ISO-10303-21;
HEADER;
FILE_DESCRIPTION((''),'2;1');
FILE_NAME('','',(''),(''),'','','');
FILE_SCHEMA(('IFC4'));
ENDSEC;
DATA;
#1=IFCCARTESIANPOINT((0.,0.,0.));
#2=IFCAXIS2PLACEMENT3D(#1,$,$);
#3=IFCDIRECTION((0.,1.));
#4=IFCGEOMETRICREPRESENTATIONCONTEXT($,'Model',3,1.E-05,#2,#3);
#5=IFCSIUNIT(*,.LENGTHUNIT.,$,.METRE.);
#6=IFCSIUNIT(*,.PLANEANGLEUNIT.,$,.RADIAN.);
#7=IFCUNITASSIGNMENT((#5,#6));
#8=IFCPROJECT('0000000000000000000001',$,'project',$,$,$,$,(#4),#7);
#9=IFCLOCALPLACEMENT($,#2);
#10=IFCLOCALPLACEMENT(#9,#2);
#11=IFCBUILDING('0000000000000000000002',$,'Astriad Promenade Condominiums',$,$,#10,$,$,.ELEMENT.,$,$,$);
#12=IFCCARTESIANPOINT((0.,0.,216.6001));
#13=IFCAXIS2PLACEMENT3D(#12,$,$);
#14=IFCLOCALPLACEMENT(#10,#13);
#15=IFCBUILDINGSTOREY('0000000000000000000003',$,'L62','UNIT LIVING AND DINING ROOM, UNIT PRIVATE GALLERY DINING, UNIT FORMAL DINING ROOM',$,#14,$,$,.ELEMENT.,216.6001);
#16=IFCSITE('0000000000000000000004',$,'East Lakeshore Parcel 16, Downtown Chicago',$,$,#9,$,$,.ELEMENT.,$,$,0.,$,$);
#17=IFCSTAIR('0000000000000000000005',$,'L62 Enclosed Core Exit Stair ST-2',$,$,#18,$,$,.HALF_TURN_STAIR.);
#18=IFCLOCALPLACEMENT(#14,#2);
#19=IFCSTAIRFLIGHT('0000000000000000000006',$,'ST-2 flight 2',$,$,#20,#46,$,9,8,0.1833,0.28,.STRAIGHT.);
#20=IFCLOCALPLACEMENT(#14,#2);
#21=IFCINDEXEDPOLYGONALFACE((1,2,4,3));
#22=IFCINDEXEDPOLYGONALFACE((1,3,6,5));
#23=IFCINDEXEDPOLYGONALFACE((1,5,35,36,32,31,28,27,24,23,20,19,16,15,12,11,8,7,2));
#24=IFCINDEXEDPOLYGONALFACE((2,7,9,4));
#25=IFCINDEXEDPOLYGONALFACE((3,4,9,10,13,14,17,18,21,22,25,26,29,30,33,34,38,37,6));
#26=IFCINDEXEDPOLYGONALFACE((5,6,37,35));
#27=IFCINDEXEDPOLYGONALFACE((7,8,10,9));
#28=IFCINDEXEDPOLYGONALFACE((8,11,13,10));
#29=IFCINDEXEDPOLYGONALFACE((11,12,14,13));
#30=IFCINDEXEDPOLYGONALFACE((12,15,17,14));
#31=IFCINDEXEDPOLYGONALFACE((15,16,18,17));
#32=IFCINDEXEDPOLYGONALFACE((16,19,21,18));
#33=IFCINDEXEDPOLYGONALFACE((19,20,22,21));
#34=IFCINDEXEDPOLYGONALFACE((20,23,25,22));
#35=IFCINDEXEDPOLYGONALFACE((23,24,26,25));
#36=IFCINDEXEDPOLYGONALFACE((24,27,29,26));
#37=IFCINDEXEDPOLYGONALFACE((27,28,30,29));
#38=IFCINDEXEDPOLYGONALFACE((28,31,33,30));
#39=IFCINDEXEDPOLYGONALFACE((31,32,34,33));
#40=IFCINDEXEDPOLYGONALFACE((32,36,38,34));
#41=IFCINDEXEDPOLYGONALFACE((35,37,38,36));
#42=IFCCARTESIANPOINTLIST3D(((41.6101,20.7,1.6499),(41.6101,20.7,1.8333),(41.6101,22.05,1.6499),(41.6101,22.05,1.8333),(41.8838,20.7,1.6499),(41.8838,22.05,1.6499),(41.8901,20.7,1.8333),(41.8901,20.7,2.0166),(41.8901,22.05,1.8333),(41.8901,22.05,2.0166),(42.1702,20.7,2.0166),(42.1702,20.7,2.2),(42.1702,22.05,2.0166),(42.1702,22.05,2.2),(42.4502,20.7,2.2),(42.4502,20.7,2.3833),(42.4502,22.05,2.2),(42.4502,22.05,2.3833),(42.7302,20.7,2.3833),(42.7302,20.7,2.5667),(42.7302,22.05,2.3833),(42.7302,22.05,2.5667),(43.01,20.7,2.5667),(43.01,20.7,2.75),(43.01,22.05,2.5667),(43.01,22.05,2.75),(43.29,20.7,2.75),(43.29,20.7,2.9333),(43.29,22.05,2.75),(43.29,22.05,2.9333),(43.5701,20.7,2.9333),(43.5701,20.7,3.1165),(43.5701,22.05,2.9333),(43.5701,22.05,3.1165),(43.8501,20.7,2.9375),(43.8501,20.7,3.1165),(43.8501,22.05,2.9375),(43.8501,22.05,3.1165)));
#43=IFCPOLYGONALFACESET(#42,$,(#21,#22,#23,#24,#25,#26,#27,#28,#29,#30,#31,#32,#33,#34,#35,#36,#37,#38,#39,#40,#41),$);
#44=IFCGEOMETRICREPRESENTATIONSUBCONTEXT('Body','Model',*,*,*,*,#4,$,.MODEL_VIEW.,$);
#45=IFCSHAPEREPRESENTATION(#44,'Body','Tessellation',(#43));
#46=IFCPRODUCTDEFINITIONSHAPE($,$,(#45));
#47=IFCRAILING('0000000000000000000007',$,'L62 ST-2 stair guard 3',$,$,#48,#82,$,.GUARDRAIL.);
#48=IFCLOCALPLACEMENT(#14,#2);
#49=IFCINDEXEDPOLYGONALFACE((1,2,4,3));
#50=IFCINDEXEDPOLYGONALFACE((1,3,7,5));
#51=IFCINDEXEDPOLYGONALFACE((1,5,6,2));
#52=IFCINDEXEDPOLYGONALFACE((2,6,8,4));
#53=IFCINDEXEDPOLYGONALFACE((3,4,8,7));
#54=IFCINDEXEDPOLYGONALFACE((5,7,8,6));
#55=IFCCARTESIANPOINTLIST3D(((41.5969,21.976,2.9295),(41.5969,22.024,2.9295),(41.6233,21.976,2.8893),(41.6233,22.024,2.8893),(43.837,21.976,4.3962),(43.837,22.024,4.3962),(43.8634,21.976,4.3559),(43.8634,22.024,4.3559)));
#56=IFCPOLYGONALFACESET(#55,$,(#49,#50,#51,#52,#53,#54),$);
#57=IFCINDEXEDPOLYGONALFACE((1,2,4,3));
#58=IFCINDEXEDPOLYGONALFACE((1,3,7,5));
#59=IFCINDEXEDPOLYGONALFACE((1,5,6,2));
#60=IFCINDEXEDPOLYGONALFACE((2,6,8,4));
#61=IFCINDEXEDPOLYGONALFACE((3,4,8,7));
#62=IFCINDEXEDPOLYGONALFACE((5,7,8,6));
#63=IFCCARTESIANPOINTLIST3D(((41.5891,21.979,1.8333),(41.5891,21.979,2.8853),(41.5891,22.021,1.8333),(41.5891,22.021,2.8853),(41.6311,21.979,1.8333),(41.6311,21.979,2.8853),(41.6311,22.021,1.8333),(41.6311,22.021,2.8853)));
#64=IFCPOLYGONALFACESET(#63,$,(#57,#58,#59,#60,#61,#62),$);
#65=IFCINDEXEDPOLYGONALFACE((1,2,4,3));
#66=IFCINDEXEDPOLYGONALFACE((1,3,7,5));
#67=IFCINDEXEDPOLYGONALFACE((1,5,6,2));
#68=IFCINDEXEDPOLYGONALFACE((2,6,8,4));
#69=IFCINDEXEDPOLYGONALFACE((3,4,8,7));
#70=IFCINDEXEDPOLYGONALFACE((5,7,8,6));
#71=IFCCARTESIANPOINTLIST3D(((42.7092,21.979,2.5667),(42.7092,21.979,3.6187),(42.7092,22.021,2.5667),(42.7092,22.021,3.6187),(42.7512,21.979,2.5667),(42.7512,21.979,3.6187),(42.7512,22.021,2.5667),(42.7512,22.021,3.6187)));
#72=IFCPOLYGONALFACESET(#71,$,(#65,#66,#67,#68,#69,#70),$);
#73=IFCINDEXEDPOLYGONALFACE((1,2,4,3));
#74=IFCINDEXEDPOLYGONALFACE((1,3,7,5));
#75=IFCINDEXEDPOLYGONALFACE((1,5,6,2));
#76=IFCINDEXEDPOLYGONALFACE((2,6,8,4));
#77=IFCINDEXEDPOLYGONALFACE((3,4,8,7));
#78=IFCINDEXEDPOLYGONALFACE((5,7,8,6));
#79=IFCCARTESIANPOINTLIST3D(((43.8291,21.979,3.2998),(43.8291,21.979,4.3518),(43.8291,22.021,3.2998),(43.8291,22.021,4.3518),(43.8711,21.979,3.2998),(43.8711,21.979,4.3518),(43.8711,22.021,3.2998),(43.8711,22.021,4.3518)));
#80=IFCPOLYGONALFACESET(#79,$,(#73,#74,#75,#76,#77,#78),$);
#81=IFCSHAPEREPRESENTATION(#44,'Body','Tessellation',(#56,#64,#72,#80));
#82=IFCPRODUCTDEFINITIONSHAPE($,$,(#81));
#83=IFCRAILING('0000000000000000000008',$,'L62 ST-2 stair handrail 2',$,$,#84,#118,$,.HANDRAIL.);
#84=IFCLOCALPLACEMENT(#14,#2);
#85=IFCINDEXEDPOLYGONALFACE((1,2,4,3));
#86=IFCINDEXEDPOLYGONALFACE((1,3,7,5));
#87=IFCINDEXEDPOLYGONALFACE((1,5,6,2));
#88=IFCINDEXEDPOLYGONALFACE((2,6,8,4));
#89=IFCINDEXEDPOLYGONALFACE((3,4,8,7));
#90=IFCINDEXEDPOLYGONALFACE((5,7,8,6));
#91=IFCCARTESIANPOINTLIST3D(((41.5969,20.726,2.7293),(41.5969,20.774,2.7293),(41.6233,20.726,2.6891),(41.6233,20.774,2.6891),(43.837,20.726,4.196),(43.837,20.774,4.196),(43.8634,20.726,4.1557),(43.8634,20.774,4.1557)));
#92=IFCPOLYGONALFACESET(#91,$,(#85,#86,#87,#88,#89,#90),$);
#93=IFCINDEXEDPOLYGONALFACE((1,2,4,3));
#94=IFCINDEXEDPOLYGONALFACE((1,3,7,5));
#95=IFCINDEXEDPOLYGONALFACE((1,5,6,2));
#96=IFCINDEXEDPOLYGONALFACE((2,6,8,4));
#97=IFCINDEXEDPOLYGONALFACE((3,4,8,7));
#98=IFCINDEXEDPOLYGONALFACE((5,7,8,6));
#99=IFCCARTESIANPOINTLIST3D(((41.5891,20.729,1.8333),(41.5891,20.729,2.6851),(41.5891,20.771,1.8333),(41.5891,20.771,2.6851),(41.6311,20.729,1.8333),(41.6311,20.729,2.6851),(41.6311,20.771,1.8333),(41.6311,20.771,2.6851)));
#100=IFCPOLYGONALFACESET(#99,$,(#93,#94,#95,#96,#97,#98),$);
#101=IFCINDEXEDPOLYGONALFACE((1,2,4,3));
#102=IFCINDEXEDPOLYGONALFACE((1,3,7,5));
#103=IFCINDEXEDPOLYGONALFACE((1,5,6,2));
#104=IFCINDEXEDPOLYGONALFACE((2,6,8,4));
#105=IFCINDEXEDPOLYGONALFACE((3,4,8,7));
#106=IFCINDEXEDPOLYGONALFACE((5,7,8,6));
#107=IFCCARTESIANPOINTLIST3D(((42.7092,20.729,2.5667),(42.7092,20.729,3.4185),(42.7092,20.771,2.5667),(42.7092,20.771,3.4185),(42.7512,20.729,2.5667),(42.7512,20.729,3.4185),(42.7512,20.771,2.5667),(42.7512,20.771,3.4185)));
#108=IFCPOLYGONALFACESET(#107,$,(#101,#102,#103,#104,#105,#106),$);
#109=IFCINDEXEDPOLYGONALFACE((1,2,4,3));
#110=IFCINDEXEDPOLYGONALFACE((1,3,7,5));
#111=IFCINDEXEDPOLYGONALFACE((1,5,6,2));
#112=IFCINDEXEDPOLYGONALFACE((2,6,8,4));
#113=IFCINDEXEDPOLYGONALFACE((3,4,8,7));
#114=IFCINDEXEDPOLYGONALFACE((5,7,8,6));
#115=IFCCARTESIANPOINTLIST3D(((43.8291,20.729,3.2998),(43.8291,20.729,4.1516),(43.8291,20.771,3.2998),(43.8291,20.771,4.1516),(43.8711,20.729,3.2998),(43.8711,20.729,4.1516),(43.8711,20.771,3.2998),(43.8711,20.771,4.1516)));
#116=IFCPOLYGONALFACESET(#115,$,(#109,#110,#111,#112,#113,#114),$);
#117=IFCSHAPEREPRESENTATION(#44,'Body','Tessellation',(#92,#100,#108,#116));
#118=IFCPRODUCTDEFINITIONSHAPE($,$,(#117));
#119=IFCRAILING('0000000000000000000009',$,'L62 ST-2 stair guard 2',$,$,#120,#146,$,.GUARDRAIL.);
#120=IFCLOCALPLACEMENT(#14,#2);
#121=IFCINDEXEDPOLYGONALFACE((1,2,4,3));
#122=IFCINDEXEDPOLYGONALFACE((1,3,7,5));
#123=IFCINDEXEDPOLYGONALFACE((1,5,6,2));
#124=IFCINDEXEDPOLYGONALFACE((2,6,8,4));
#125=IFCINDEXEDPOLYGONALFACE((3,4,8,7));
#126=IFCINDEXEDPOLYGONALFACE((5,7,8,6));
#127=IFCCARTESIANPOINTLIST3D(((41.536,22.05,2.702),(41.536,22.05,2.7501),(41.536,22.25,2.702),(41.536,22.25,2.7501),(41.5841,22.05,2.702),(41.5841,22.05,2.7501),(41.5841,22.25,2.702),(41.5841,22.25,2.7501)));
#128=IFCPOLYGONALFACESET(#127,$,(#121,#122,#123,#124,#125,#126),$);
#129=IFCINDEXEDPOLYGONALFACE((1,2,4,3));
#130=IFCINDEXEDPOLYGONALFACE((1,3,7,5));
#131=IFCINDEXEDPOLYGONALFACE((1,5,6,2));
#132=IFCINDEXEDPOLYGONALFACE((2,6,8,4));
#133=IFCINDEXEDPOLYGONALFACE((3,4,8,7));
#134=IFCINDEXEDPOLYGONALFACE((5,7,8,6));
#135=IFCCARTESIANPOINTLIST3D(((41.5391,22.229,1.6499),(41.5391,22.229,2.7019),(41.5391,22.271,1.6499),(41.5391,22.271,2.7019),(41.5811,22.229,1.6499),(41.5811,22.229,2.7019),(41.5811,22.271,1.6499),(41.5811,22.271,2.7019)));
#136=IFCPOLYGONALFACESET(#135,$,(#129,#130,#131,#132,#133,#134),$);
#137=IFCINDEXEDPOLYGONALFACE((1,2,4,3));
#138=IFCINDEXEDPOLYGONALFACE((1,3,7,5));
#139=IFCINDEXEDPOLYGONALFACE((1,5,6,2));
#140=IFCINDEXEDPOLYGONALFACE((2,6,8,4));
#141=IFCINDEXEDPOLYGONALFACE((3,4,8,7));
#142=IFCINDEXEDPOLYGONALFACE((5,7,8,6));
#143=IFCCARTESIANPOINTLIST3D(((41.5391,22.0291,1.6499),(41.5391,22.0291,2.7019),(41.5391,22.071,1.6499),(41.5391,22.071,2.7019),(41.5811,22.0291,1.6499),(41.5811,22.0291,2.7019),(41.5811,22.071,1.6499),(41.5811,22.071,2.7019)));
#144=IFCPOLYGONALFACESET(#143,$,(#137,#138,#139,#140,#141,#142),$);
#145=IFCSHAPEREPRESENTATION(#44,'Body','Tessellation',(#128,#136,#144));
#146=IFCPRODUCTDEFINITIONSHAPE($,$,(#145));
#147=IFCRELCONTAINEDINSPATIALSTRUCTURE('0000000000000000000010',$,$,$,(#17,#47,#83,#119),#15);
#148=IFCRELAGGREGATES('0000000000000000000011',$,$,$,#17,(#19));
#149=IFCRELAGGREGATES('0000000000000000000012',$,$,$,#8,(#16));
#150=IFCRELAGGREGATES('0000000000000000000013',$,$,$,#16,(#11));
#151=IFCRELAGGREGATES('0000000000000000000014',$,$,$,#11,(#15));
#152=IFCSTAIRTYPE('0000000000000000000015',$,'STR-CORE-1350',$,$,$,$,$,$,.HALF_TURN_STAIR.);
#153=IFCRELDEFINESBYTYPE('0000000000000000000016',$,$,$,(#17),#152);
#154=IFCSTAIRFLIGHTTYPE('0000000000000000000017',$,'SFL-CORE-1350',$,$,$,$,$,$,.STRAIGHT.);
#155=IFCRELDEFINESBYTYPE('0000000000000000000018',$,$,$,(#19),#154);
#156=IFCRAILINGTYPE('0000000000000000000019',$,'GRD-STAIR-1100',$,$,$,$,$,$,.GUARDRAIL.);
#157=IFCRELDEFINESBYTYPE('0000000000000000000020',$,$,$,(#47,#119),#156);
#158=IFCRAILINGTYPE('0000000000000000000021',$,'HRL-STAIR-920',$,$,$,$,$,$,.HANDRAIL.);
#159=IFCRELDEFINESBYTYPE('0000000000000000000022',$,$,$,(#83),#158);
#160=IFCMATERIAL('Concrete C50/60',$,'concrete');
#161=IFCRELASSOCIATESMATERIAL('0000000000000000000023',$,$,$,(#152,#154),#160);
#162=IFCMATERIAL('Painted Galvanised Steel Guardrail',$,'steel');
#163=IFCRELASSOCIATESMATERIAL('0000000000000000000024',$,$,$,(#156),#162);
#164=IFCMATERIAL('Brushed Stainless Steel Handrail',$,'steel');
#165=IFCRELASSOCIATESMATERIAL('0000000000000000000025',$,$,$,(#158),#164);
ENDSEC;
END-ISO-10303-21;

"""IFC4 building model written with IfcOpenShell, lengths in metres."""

from ifc_helpers import new_model, si_unit, direction, frame, origin, origin_2d, place, context, subcontext, project, spatial, polyline, rectangle, outline, extrude, source, transform, mapped, material, type_object, type_shapes, element, aggregate, save


model = new_model("IFC4")

# Units and contexts
model_context = context("Model", 3, precision=1e-05, world=origin(), true_north=direction((0.0, 1.0)))
body_context = subcontext(model_context, "Body", "Model", "MODEL_VIEW")
ifc_project = project(units=[si_unit("LENGTHUNIT", "METRE"), si_unit("PLANEANGLEUNIT", "RADIAN")], contexts=[model_context])

# Site, building, storey
site_placement = place(None, origin())
site = spatial("IfcSite", under=ifc_project, at=site_placement, Name="East Lakeshore Parcel 16, Downtown Chicago", CompositionType="ELEMENT", RefElevation=0.0)
building_placement = place(site_placement, origin())
building = spatial("IfcBuilding", under=site, at=building_placement, Name="Astriad Promenade Condominiums", CompositionType="ELEMENT")
storey_placement = place(building_placement, frame((0.0, 0.0, 216.6001)))
storey = spatial("IfcBuildingStorey", under=building, at=storey_placement, Name="L62", Description="UNIT LIVING AND DINING ROOM, UNIT PRIVATE GALLERY DINING, UNIT FORMAL DINING ROOM", CompositionType="ELEMENT", Elevation=216.6001)

# Shared definitions
ifc_material_1 = material(Name="Concrete C50/60", Category="concrete")

# Stair, stair flight
stair_type = type_object("IfcStairType", Name="STR-CORE-1350", PredefinedType="HALF_TURN_STAIR", material=ifc_material_1)
stair_placement = place(storey_placement, origin())
stair = element("IfcStair", 1, at=stair_placement, inside=storey, type_object=stair_type, Name="L62 Enclosed Core Exit Stair ST-2", PredefinedType="HALF_TURN_STAIR")
stair_flight_type = type_object("IfcStairFlightType", Name="SFL-CORE-1350", PredefinedType="STRAIGHT", material=ifc_material_1)
shared_shape_1 = source(origin(), body_context, "Body", "SweptSolid", [
    extrude(outline(polyline([(0.0, 0.0), (0.0, 0.1833), (0.28, 0.1833), (0.28, 0.3667), (0.5601, 0.3667), (0.5601, 0.55), (0.8401, 0.55), (0.8401, 0.7334), (1.1201, 0.7334), (1.1201, 0.9167), (1.3999, 0.9167), (1.3999, 1.1001), (1.6799, 1.1001), (1.6799, 1.2834), (1.96, 1.2834), (1.96, 1.4666), (2.24, 1.4666), (2.24, 1.6499), (2.24, 1.2876), (0.2737, 0.0), (0.0, 0.0)])), frame((0.0, 0.675, 0.0), z_axis=(0.0, -1.0, 0.0), x_axis=(1.0, 0.0, 0.0)), (0.0, 0.0, 1.0), 1.3501),
])
type_shapes(stair_flight_type, [shared_shape_1])
stair_flight_placement = place(storey_placement, frame((41.6101, 21.375, 1.6499), z_axis=(0.0, 0.0, 1.0), x_axis=(1.0, 0.0, 0.0)))
stair_flight = element("IfcStairFlight", 2, at=stair_flight_placement, type_object=stair_flight_type, Name="ST-2 flight 2", NumberOfRisers=9, NumberOfTreads=8, PredefinedType="STRAIGHT", RiserHeight=0.1833, TreadLength=0.28, context=body_context, shape_type="MappedRepresentation", body=[
    mapped(shared_shape_1, transform((0.0, 0.0, 0.0), scale=1.0)),
])
aggregate(stair, [stair_flight])

# Railings
ifc_material_2 = material(Name="Painted Galvanised Steel Guardrail", Category="steel")
railing_type_1 = type_object("IfcRailingType", Name="GRD-STAIR-1100", PredefinedType="GUARDRAIL", material=ifc_material_2)
shared_shape_2 = source(origin(), body_context, "Body", "SweptSolid", [
    extrude(rectangle(XDim=0.0481, YDim=0.0481, at=origin_2d()), frame((0.0, 0.0, 1.0762), z_axis=(0.836637, 0.0, 0.547758), x_axis=(0.0, 1.0, 0.0)), (0.0, 0.0, 1.0), 2.6775),
    extrude(rectangle(XDim=0.042, YDim=0.042, at=origin_2d()), origin(), (0.0, 0.0, 1.0), 1.052),
    extrude(rectangle(XDim=0.042, YDim=0.042, at=origin_2d()), frame((1.1201, 0.0, 0.7334)), (0.0, 0.0, 1.0), 1.052),
    extrude(rectangle(XDim=0.042, YDim=0.042, at=origin_2d()), frame((2.24, 0.0, 1.4666)), (0.0, 0.0, 1.0), 1.052),
])
railing_1_placement = place(storey_placement, frame((41.6101, 22.0, 1.8333)))
element("IfcRailing", 3, at=railing_1_placement, inside=storey, type_object=railing_type_1, Name="L62 ST-2 stair guard 3", PredefinedType="GUARDRAIL", context=body_context, shape_type="MappedRepresentation", body=[
    mapped(shared_shape_2, transform((0.0, 0.0, 0.0), scale=1.0)),
])
ifc_material_3 = material(Name="Brushed Stainless Steel Handrail", Category="steel")
railing_type_2 = type_object("IfcRailingType", Name="HRL-STAIR-920", PredefinedType="HANDRAIL", material=ifc_material_3)
shared_shape_3 = source(origin(), body_context, "Body", "SweptSolid", [
    extrude(rectangle(XDim=0.0481, YDim=0.0481, at=origin_2d()), frame((0.0, 0.0, 0.876), z_axis=(0.836637, 0.0, 0.547758), x_axis=(0.0, 1.0, 0.0)), (0.0, 0.0, 1.0), 2.6775),
    extrude(rectangle(XDim=0.042, YDim=0.042, at=origin_2d()), origin(), (0.0, 0.0, 1.0), 0.8518),
    extrude(rectangle(XDim=0.042, YDim=0.042, at=origin_2d()), frame((1.1201, 0.0, 0.7334)), (0.0, 0.0, 1.0), 0.8518),
    extrude(rectangle(XDim=0.042, YDim=0.042, at=origin_2d()), frame((2.24, 0.0, 1.4666)), (0.0, 0.0, 1.0), 0.8518),
])
type_shapes(railing_type_2, [shared_shape_3])
railing_2_placement = place(storey_placement, frame((41.6101, 20.75, 1.8333)))
element("IfcRailing", 4, at=railing_2_placement, inside=storey, type_object=railing_type_2, Name="L62 ST-2 stair handrail 2", PredefinedType="HANDRAIL", context=body_context, shape_type="MappedRepresentation", body=[
    mapped(shared_shape_3, transform((0.0, 0.0, 0.0), scale=1.0)),
])
shared_shape_4 = source(origin(), body_context, "Body", "SweptSolid", [
    extrude(rectangle(XDim=0.0481, YDim=0.0481, at=origin_2d()), frame((0.0, 0.0, 1.0762), z_axis=(0.0, -1.0, 0.0), x_axis=(1.0, 0.0, 0.0)), (0.0, 0.0, 1.0), 0.2),
    extrude(rectangle(XDim=0.042, YDim=0.042, at=origin_2d()), origin(), (0.0, 0.0, 1.0), 1.052),
    extrude(rectangle(XDim=0.042, YDim=0.042, at=origin_2d()), frame((0.0, -0.2, 0.0)), (0.0, 0.0, 1.0), 1.052),
])
type_shapes(railing_type_1, [shared_shape_2, shared_shape_4])
railing_3_placement = place(storey_placement, frame((41.5601, 22.25, 1.6499)))
element("IfcRailing", 5, at=railing_3_placement, inside=storey, type_object=railing_type_1, Name="L62 ST-2 stair guard 2", PredefinedType="GUARDRAIL", context=body_context, shape_type="MappedRepresentation", body=[
    mapped(shared_shape_4, transform((0.0, 0.0, 0.0), scale=1.0)),
])

save(model, "model.ifc")
